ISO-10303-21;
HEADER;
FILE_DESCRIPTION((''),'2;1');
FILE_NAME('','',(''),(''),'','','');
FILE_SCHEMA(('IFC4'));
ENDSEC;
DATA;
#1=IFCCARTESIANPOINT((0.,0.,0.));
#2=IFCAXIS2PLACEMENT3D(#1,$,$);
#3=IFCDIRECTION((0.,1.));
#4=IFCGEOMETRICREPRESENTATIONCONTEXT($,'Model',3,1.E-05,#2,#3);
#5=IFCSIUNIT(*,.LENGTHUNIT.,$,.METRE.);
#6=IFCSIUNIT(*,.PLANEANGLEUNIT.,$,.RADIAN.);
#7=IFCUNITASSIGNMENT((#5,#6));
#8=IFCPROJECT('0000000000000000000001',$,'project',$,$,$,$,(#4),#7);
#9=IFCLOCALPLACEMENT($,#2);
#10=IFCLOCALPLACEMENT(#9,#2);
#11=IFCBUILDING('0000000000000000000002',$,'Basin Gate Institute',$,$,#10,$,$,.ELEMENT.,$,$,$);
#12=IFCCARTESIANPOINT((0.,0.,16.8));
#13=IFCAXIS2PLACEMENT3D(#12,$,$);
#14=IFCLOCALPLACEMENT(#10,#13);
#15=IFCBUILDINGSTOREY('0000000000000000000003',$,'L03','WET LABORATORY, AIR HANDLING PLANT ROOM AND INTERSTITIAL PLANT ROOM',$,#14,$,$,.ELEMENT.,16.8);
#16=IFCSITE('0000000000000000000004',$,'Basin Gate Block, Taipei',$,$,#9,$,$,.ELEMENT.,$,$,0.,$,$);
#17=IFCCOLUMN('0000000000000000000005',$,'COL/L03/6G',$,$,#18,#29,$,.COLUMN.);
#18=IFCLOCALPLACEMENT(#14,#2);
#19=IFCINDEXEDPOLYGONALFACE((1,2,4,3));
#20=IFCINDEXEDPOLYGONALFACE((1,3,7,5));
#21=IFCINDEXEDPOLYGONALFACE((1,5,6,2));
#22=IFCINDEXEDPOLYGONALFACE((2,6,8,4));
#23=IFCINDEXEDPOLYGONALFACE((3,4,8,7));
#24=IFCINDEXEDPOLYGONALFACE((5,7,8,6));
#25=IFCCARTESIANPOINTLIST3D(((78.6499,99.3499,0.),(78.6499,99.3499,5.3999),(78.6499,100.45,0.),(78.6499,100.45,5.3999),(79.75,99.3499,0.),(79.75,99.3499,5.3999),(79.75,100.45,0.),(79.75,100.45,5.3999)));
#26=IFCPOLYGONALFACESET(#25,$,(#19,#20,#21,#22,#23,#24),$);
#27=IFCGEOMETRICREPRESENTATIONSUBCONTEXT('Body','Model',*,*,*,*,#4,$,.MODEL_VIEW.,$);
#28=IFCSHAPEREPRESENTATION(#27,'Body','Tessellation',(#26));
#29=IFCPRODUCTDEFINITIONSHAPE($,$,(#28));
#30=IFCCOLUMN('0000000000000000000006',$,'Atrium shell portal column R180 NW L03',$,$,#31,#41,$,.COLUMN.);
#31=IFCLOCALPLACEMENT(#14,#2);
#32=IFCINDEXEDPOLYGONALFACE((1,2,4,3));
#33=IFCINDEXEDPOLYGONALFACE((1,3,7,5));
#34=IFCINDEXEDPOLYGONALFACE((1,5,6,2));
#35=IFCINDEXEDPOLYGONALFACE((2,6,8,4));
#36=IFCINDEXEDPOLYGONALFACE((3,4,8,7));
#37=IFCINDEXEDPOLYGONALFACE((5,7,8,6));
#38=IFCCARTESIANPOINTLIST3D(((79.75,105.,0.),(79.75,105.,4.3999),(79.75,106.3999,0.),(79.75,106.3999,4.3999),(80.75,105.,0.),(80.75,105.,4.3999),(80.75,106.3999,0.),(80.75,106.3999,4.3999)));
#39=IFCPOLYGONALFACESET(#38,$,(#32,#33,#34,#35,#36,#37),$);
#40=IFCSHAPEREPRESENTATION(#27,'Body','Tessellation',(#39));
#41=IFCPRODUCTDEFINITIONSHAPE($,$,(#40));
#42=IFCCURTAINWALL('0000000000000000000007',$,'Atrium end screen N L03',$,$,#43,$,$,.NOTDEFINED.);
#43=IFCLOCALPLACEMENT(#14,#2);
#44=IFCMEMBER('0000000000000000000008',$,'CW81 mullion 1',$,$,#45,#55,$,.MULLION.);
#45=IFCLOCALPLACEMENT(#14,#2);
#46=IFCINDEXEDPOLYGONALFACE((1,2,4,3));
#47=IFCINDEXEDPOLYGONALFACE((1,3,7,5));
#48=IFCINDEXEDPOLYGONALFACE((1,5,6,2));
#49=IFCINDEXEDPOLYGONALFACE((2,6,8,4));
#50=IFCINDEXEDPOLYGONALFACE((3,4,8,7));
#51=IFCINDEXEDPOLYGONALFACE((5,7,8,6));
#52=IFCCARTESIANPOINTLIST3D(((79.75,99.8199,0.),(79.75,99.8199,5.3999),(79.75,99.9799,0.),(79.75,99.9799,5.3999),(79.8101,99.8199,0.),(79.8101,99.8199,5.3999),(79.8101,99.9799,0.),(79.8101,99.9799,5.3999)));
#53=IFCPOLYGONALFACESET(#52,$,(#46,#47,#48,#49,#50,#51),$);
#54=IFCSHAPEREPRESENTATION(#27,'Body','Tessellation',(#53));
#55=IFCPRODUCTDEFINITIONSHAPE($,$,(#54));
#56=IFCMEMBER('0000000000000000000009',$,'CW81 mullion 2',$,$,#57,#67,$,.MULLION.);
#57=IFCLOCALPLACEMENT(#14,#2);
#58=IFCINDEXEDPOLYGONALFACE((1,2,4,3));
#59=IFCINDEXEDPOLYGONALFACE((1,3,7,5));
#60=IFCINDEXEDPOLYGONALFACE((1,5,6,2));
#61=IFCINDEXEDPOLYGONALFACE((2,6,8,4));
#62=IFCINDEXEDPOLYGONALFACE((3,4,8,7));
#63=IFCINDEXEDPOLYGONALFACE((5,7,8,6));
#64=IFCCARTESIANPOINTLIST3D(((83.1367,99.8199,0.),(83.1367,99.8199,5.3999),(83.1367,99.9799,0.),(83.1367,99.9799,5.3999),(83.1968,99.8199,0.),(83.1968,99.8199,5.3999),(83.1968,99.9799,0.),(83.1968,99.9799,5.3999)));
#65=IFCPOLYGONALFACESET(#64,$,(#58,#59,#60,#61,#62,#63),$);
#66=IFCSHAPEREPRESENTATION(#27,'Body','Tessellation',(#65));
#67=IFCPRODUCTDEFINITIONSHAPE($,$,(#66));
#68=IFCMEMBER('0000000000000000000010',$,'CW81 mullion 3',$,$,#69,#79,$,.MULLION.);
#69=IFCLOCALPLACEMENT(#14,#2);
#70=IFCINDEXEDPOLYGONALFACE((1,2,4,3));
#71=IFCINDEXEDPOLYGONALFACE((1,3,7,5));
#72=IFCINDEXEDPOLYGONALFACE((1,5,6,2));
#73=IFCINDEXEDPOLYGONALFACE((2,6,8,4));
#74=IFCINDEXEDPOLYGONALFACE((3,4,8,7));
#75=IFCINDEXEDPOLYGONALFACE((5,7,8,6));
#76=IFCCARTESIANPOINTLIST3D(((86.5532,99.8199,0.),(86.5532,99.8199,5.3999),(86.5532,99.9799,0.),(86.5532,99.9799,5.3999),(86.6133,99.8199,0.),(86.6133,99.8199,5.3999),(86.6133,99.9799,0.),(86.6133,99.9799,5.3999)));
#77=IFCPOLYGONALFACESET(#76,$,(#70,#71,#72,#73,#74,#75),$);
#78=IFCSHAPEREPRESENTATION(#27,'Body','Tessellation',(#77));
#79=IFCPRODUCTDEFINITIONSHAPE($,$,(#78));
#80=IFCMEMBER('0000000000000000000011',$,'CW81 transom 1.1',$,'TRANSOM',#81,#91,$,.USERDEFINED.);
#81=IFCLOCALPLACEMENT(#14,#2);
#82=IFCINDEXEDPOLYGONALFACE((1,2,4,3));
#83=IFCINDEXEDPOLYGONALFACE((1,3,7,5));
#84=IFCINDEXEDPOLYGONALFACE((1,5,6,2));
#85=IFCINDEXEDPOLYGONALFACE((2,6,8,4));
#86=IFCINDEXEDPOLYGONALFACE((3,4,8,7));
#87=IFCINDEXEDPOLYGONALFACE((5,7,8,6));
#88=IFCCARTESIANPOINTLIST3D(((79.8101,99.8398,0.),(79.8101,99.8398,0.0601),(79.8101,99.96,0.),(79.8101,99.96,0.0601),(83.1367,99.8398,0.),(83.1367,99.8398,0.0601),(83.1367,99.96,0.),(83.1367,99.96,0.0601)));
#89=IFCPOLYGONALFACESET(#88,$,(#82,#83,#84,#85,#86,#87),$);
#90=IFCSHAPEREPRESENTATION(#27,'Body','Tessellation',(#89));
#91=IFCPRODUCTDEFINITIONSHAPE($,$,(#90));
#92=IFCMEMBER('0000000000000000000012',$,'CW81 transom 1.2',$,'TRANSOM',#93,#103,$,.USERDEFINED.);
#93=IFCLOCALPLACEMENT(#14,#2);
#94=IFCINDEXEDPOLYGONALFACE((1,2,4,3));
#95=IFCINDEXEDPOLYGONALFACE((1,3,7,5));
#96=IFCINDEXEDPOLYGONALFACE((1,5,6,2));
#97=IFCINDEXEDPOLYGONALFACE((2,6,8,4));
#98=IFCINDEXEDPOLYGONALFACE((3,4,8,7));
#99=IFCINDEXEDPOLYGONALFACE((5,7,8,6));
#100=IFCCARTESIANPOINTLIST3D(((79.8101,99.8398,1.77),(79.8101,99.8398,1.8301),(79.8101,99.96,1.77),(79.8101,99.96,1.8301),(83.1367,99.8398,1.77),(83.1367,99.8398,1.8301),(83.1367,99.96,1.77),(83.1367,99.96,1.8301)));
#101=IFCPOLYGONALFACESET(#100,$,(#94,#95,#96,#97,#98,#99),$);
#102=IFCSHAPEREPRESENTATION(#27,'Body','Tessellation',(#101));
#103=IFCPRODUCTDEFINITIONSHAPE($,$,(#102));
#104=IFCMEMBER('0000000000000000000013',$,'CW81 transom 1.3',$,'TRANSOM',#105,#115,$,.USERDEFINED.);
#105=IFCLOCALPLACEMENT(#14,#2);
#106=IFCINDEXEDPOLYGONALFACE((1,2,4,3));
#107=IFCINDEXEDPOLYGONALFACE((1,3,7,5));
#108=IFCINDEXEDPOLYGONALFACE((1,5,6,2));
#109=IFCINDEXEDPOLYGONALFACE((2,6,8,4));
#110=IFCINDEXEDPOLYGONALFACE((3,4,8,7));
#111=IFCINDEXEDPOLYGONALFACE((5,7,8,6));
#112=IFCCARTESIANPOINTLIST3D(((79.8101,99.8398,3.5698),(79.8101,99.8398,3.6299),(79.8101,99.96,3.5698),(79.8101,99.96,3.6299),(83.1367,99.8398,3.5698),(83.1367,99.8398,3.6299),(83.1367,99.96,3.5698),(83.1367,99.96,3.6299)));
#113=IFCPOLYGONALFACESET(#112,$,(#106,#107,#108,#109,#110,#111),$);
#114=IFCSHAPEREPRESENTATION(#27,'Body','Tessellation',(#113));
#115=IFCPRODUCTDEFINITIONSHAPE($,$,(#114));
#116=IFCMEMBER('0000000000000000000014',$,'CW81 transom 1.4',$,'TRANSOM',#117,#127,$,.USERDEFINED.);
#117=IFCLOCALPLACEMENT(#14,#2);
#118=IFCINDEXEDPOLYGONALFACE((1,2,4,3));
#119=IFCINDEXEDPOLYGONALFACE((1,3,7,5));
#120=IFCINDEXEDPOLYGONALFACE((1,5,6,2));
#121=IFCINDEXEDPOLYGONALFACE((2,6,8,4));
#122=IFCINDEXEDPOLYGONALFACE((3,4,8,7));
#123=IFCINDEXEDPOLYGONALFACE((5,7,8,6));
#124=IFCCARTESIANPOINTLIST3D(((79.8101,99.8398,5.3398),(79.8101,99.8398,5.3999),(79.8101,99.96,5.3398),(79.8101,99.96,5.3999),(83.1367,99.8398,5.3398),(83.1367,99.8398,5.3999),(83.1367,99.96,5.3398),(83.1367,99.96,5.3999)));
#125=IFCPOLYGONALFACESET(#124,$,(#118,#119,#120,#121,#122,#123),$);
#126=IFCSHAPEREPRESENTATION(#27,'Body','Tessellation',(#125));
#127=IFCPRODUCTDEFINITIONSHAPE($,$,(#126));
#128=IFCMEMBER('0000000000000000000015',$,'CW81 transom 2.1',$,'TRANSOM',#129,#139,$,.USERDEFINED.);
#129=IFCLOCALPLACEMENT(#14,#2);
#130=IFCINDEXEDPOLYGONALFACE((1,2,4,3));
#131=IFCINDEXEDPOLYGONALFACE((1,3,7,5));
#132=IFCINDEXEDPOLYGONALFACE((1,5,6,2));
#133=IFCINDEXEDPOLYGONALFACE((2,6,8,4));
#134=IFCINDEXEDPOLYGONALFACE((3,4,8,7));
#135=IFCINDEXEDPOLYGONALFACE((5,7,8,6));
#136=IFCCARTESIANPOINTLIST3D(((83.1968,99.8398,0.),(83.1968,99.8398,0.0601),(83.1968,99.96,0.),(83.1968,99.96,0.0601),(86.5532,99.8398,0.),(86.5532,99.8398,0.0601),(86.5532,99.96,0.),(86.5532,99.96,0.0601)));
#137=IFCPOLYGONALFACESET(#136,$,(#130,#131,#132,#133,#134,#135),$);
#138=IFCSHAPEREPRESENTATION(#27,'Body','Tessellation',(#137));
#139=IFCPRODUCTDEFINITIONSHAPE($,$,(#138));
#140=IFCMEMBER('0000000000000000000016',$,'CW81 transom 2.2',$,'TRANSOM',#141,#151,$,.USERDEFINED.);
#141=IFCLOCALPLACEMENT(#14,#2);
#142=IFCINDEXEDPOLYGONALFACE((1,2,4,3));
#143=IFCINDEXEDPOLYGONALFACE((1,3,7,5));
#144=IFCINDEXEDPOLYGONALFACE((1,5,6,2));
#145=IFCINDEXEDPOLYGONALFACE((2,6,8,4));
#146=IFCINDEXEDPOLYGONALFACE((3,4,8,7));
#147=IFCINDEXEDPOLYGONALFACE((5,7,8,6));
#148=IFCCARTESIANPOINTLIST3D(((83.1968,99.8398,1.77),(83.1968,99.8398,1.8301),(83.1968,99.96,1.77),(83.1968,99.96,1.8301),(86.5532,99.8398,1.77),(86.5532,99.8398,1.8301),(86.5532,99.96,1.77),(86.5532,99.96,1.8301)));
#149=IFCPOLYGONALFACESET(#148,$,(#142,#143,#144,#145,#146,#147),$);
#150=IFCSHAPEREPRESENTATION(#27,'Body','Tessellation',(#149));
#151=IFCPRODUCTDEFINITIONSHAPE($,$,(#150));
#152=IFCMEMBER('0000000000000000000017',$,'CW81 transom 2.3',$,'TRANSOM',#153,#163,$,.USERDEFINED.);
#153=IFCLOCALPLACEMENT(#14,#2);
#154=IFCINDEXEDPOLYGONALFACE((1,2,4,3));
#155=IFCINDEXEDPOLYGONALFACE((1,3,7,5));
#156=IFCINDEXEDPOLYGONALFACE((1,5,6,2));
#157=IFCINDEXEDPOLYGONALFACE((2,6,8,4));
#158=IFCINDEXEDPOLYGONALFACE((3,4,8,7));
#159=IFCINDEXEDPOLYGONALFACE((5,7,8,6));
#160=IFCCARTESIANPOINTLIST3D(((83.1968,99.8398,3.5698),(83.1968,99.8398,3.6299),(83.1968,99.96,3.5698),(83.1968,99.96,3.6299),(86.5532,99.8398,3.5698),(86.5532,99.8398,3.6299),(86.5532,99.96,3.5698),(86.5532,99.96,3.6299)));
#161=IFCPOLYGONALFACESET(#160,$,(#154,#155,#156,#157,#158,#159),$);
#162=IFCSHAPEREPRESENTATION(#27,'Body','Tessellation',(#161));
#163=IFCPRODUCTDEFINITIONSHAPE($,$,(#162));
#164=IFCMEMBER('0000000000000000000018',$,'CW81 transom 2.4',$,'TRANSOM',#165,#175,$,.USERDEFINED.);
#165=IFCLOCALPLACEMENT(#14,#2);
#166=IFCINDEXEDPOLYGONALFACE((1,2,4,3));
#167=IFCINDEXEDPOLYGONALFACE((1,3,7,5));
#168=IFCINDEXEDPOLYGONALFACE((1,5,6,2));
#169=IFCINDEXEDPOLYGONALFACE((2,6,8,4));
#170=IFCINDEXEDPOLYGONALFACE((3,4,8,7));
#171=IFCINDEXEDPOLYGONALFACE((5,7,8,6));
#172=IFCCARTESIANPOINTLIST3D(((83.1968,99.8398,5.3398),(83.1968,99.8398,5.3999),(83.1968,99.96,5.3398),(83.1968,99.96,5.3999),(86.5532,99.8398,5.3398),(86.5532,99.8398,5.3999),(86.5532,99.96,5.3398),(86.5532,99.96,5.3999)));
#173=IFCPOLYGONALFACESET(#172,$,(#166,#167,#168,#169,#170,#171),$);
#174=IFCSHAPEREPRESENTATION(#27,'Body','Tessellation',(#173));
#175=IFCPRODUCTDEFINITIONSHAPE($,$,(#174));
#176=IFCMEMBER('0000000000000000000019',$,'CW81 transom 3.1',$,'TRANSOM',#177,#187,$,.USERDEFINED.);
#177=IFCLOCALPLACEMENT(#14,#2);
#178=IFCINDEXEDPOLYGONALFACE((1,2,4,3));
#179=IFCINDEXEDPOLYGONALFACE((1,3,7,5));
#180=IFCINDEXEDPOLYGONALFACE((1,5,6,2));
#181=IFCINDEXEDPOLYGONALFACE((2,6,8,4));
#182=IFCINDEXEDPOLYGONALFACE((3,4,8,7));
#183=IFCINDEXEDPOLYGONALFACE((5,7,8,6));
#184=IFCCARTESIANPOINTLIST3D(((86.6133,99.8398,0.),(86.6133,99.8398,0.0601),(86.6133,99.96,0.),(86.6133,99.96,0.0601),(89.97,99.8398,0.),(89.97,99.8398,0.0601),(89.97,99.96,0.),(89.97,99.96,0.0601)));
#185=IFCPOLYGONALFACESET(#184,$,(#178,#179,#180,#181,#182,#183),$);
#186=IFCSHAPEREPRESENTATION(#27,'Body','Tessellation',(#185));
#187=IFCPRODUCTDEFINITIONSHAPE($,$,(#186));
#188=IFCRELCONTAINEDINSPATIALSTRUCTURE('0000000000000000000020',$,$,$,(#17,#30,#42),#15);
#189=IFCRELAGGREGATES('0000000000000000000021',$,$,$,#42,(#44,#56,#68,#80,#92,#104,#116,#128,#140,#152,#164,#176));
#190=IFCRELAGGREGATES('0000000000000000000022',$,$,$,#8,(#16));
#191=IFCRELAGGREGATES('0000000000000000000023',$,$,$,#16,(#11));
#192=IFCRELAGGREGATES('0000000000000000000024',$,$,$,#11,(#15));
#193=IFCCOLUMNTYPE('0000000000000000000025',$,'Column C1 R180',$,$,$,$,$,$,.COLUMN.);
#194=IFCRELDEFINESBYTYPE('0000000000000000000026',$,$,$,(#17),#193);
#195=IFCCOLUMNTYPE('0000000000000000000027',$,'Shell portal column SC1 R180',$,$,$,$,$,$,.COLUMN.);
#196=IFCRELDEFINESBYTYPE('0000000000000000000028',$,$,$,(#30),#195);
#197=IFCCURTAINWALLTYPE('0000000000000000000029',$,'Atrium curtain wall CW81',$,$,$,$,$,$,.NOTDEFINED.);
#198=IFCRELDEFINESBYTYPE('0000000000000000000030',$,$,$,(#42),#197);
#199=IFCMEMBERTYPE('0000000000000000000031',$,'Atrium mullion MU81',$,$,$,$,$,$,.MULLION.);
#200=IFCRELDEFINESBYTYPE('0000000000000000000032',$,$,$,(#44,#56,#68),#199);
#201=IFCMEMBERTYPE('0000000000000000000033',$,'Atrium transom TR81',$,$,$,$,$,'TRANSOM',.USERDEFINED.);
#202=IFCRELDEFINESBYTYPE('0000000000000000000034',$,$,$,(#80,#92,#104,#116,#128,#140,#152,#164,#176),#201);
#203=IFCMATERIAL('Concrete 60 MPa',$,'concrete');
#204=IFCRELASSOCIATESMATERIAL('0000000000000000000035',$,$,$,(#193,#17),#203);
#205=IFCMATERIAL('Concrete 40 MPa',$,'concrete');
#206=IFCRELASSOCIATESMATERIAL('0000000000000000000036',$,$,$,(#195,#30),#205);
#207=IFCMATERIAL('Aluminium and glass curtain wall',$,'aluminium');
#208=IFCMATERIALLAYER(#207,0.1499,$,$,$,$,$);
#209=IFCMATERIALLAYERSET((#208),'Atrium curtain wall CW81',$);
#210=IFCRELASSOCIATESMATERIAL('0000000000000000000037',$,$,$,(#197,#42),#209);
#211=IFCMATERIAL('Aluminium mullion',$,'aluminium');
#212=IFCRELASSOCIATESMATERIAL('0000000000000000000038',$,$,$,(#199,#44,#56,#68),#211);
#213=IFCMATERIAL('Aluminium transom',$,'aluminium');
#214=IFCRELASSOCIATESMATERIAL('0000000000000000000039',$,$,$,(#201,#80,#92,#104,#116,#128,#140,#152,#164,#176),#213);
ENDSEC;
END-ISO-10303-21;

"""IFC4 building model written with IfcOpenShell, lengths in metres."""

from ifc_helpers import new_model, si_unit, direction, frame, origin, origin_2d, place, context, subcontext, project, spatial, rectangle, extrude, material, layer, layer_set, material_profile, profile_set, type_object, element, aggregate, save


model = new_model("IFC4")

# Units and contexts
model_context = context("Model", 3, precision=1e-05, world=origin(), true_north=direction((0.0, 1.0)))
body_context = subcontext(model_context, "Body", "Model", "MODEL_VIEW")
ifc_project = project(units=[si_unit("LENGTHUNIT", "METRE"), si_unit("PLANEANGLEUNIT", "RADIAN")], contexts=[model_context])

# Site, building, storey
site_placement = place(None, origin())
site = spatial("IfcSite", under=ifc_project, at=site_placement, Name="Basin Gate Block, Taipei", CompositionType="ELEMENT", RefElevation=0.0)
building_placement = place(site_placement, origin())
building = spatial("IfcBuilding", under=site, at=building_placement, Name="Basin Gate Institute", CompositionType="ELEMENT")
storey_placement = place(building_placement, frame((0.0, 0.0, 16.8)))
storey = spatial("IfcBuildingStorey", under=building, at=storey_placement, Name="L03", Description="WET LABORATORY, AIR HANDLING PLANT ROOM AND INTERSTITIAL PLANT ROOM", CompositionType="ELEMENT", Elevation=16.8)

# Columns
ifc_material_1 = material(Name="Concrete 60 MPa", Category="concrete")
ifc_material_profile_1 = material_profile(ifc_material_1, rectangle(XDim=1.1001, YDim=1.1001, at=origin_2d()), Name="Column C1 1100 x 1100")
ifc_profile_set_1 = profile_set([ifc_material_profile_1], Name="Concrete 60 MPa")
column_type_1 = type_object("IfcColumnType", Name="Column C1 R180", PredefinedType="COLUMN", material=ifc_profile_set_1)
column_1_placement = place(storey_placement, frame((79.2, 99.8999, 0.0), z_axis=(0.0, 0.0, 1.0), x_axis=(1.0, 0.0, 0.0)))
element("IfcColumn", 1, at=column_1_placement, inside=storey, type_object=column_type_1, material=ifc_profile_set_1, Name="COL/L03/6G", PredefinedType="COLUMN", context=body_context, shape_type="SweptSolid", body=[
    extrude(rectangle(XDim=1.1001, YDim=1.1001, at=origin_2d()), origin(), (0.0, 0.0, 1.0), 5.3999),
])
ifc_material_2 = material(Name="Concrete 40 MPa", Category="concrete")
ifc_material_profile_2 = material_profile(ifc_material_2, rectangle(XDim=1.0, YDim=1.3999, at=origin_2d()), Name="Shell portal column SC1 1000 x 1400")
ifc_profile_set_2 = profile_set([ifc_material_profile_2], Name="Concrete 40 MPa")
column_type_2 = type_object("IfcColumnType", Name="Shell portal column SC1 R180", PredefinedType="COLUMN", material=ifc_profile_set_2)
column_2_placement = place(storey_placement, frame((80.25, 105.7, 0.0), z_axis=(0.0, 0.0, 1.0), x_axis=(1.0, 0.0, 0.0)))
element("IfcColumn", 2, at=column_2_placement, inside=storey, type_object=column_type_2, material=ifc_profile_set_2, Name="Atrium shell portal column R180 NW L03", PredefinedType="COLUMN", context=body_context, shape_type="SweptSolid", body=[
    extrude(rectangle(XDim=1.0, YDim=1.3999, at=origin_2d()), origin(), (0.0, 0.0, 1.0), 4.3999),
])

# Curtain wall, members
ifc_material_3 = material(Name="Aluminium and glass curtain wall", Category="aluminium")
ifc_layer_1 = layer(ifc_material_3, 0.1499)
ifc_layer_set_1 = layer_set([ifc_layer_1], Name="Atrium curtain wall CW81")
curtain_wall_type = type_object("IfcCurtainWallType", Name="Atrium curtain wall CW81", PredefinedType="NOTDEFINED", material=ifc_layer_set_1)
curtain_wall_placement = place(storey_placement, origin())
curtain_wall = element("IfcCurtainWall", 3, at=curtain_wall_placement, inside=storey, type_object=curtain_wall_type, material=ifc_layer_set_1, Name="Atrium end screen N L03", PredefinedType="NOTDEFINED")
ifc_material_4 = material(Name="Aluminium mullion", Category="aluminium")
ifc_material_profile_3 = material_profile(ifc_material_4, rectangle(XDim=0.1599, YDim=0.0601, at=origin_2d()), Name="Atrium mullion MU81 160 x 60")
ifc_profile_set_3 = profile_set([ifc_material_profile_3], Name="Aluminium mullion")
member_type_1 = type_object("IfcMemberType", Name="Atrium mullion MU81", PredefinedType="MULLION", material=ifc_profile_set_3)
member_1_placement = place(storey_placement, frame((79.78, 99.8999, 0.0), z_axis=(0.0, 0.0, 1.0), x_axis=(0.0, 1.0, 0.0)))
member_1 = element("IfcMember", 4, at=member_1_placement, type_object=member_type_1, material=ifc_profile_set_3, Name="CW81 mullion 1", PredefinedType="MULLION", context=body_context, shape_type="SweptSolid", body=[
    extrude(rectangle(XDim=0.1599, YDim=0.0601, at=origin_2d()), origin(), (0.0, 0.0, 1.0), 5.3999),
])
member_2_placement = place(storey_placement, frame((83.1667, 99.8999, 0.0), z_axis=(0.0, 0.0, 1.0), x_axis=(0.0, 1.0, 0.0)))
member_2 = element("IfcMember", 5, at=member_2_placement, type_object=member_type_1, material=ifc_profile_set_3, Name="CW81 mullion 2", PredefinedType="MULLION", context=body_context, shape_type="SweptSolid", body=[
    extrude(rectangle(XDim=0.1599, YDim=0.0601, at=origin_2d()), origin(), (0.0, 0.0, 1.0), 5.3999),
])
member_3_placement = place(storey_placement, frame((86.5833, 99.8999, 0.0), z_axis=(0.0, 0.0, 1.0), x_axis=(0.0, 1.0, 0.0)))
member_3 = element("IfcMember", 6, at=member_3_placement, type_object=member_type_1, material=ifc_profile_set_3, Name="CW81 mullion 3", PredefinedType="MULLION", context=body_context, shape_type="SweptSolid", body=[
    extrude(rectangle(XDim=0.1599, YDim=0.0601, at=origin_2d()), origin(), (0.0, 0.0, 1.0), 5.3999),
])
ifc_material_5 = material(Name="Aluminium transom", Category="aluminium")
ifc_material_profile_4 = material_profile(ifc_material_5, rectangle(XDim=0.1201, YDim=0.0601, at=origin_2d()), Name="Atrium transom TR81 120 x 60")
ifc_profile_set_4 = profile_set([ifc_material_profile_4], Name="Aluminium transom")
member_type_2 = type_object("IfcMemberType", Name="Atrium transom TR81", ElementType="TRANSOM", PredefinedType="USERDEFINED", material=ifc_profile_set_4)
member_4_placement = place(storey_placement, frame((79.8101, 99.8999, 0.03), z_axis=(1.0, 0.0, 0.0), x_axis=(0.0, 1.0, 0.0)))
member_4 = element("IfcMember", 7, at=member_4_placement, type_object=member_type_2, material=ifc_profile_set_4, Name="CW81 transom 1.1", ObjectType="TRANSOM", PredefinedType="USERDEFINED", context=body_context, shape_type="SweptSolid", body=[
    extrude(rectangle(XDim=0.1201, YDim=0.0601, at=origin_2d()), origin(), (0.0, 0.0, 1.0), 3.3267),
])
member_5_placement = place(storey_placement, frame((79.8101, 99.8999, 1.8), z_axis=(1.0, 0.0, 0.0), x_axis=(0.0, 1.0, 0.0)))
member_5 = element("IfcMember", 8, at=member_5_placement, type_object=member_type_2, material=ifc_profile_set_4, Name="CW81 transom 1.2", ObjectType="TRANSOM", PredefinedType="USERDEFINED", context=body_context, shape_type="SweptSolid", body=[
    extrude(rectangle(XDim=0.1201, YDim=0.0601, at=origin_2d()), origin(), (0.0, 0.0, 1.0), 3.3267),
])
member_6_placement = place(storey_placement, frame((79.8101, 99.8999, 3.5999), z_axis=(1.0, 0.0, 0.0), x_axis=(0.0, 1.0, 0.0)))
member_6 = element("IfcMember", 9, at=member_6_placement, type_object=member_type_2, material=ifc_profile_set_4, Name="CW81 transom 1.3", ObjectType="TRANSOM", PredefinedType="USERDEFINED", context=body_context, shape_type="SweptSolid", body=[
    extrude(rectangle(XDim=0.1201, YDim=0.0601, at=origin_2d()), origin(), (0.0, 0.0, 1.0), 3.3267),
])
member_7_placement = place(storey_placement, frame((79.8101, 99.8999, 5.3699), z_axis=(1.0, 0.0, 0.0), x_axis=(0.0, 1.0, 0.0)))
member_7 = element("IfcMember", 10, at=member_7_placement, type_object=member_type_2, material=ifc_profile_set_4, Name="CW81 transom 1.4", ObjectType="TRANSOM", PredefinedType="USERDEFINED", context=body_context, shape_type="SweptSolid", body=[
    extrude(rectangle(XDim=0.1201, YDim=0.0601, at=origin_2d()), origin(), (0.0, 0.0, 1.0), 3.3267),
])
member_8_placement = place(storey_placement, frame((83.1968, 99.8999, 0.03), z_axis=(1.0, 0.0, 0.0), x_axis=(0.0, 1.0, 0.0)))
member_8 = element("IfcMember", 11, at=member_8_placement, type_object=member_type_2, material=ifc_profile_set_4, Name="CW81 transom 2.1", ObjectType="TRANSOM", PredefinedType="USERDEFINED", context=body_context, shape_type="SweptSolid", body=[
    extrude(rectangle(XDim=0.1201, YDim=0.0601, at=origin_2d()), origin(), (0.0, 0.0, 1.0), 3.3564),
])
member_9_placement = place(storey_placement, frame((83.1968, 99.8999, 1.8), z_axis=(1.0, 0.0, 0.0), x_axis=(0.0, 1.0, 0.0)))
member_9 = element("IfcMember", 12, at=member_9_placement, type_object=member_type_2, material=ifc_profile_set_4, Name="CW81 transom 2.2", ObjectType="TRANSOM", PredefinedType="USERDEFINED", context=body_context, shape_type="SweptSolid", body=[
    extrude(rectangle(XDim=0.1201, YDim=0.0601, at=origin_2d()), origin(), (0.0, 0.0, 1.0), 3.3564),
])
member_10_placement = place(storey_placement, frame((83.1968, 99.8999, 3.5999), z_axis=(1.0, 0.0, 0.0), x_axis=(0.0, 1.0, 0.0)))
member_10 = element("IfcMember", 13, at=member_10_placement, type_object=member_type_2, material=ifc_profile_set_4, Name="CW81 transom 2.3", ObjectType="TRANSOM", PredefinedType="USERDEFINED", context=body_context, shape_type="SweptSolid", body=[
    extrude(rectangle(XDim=0.1201, YDim=0.0601, at=origin_2d()), origin(), (0.0, 0.0, 1.0), 3.3564),
])
member_11_placement = place(storey_placement, frame((83.1968, 99.8999, 5.3699), z_axis=(1.0, 0.0, 0.0), x_axis=(0.0, 1.0, 0.0)))
member_11 = element("IfcMember", 14, at=member_11_placement, type_object=member_type_2, material=ifc_profile_set_4, Name="CW81 transom 2.4", ObjectType="TRANSOM", PredefinedType="USERDEFINED", context=body_context, shape_type="SweptSolid", body=[
    extrude(rectangle(XDim=0.1201, YDim=0.0601, at=origin_2d()), origin(), (0.0, 0.0, 1.0), 3.3564),
])
member_12_placement = place(storey_placement, frame((86.6133, 99.8999, 0.03), z_axis=(1.0, 0.0, 0.0), x_axis=(0.0, 1.0, 0.0)))
member_12 = element("IfcMember", 15, at=member_12_placement, type_object=member_type_2, material=ifc_profile_set_4, Name="CW81 transom 3.1", ObjectType="TRANSOM", PredefinedType="USERDEFINED", context=body_context, shape_type="SweptSolid", body=[
    extrude(rectangle(XDim=0.1201, YDim=0.0601, at=origin_2d()), origin(), (0.0, 0.0, 1.0), 3.3567),
])

aggregate(curtain_wall, [member_1, member_2, member_3, member_4, member_5, member_6, member_7, member_8, member_9, member_10, member_11, member_12])

save(model, "model.ifc")
